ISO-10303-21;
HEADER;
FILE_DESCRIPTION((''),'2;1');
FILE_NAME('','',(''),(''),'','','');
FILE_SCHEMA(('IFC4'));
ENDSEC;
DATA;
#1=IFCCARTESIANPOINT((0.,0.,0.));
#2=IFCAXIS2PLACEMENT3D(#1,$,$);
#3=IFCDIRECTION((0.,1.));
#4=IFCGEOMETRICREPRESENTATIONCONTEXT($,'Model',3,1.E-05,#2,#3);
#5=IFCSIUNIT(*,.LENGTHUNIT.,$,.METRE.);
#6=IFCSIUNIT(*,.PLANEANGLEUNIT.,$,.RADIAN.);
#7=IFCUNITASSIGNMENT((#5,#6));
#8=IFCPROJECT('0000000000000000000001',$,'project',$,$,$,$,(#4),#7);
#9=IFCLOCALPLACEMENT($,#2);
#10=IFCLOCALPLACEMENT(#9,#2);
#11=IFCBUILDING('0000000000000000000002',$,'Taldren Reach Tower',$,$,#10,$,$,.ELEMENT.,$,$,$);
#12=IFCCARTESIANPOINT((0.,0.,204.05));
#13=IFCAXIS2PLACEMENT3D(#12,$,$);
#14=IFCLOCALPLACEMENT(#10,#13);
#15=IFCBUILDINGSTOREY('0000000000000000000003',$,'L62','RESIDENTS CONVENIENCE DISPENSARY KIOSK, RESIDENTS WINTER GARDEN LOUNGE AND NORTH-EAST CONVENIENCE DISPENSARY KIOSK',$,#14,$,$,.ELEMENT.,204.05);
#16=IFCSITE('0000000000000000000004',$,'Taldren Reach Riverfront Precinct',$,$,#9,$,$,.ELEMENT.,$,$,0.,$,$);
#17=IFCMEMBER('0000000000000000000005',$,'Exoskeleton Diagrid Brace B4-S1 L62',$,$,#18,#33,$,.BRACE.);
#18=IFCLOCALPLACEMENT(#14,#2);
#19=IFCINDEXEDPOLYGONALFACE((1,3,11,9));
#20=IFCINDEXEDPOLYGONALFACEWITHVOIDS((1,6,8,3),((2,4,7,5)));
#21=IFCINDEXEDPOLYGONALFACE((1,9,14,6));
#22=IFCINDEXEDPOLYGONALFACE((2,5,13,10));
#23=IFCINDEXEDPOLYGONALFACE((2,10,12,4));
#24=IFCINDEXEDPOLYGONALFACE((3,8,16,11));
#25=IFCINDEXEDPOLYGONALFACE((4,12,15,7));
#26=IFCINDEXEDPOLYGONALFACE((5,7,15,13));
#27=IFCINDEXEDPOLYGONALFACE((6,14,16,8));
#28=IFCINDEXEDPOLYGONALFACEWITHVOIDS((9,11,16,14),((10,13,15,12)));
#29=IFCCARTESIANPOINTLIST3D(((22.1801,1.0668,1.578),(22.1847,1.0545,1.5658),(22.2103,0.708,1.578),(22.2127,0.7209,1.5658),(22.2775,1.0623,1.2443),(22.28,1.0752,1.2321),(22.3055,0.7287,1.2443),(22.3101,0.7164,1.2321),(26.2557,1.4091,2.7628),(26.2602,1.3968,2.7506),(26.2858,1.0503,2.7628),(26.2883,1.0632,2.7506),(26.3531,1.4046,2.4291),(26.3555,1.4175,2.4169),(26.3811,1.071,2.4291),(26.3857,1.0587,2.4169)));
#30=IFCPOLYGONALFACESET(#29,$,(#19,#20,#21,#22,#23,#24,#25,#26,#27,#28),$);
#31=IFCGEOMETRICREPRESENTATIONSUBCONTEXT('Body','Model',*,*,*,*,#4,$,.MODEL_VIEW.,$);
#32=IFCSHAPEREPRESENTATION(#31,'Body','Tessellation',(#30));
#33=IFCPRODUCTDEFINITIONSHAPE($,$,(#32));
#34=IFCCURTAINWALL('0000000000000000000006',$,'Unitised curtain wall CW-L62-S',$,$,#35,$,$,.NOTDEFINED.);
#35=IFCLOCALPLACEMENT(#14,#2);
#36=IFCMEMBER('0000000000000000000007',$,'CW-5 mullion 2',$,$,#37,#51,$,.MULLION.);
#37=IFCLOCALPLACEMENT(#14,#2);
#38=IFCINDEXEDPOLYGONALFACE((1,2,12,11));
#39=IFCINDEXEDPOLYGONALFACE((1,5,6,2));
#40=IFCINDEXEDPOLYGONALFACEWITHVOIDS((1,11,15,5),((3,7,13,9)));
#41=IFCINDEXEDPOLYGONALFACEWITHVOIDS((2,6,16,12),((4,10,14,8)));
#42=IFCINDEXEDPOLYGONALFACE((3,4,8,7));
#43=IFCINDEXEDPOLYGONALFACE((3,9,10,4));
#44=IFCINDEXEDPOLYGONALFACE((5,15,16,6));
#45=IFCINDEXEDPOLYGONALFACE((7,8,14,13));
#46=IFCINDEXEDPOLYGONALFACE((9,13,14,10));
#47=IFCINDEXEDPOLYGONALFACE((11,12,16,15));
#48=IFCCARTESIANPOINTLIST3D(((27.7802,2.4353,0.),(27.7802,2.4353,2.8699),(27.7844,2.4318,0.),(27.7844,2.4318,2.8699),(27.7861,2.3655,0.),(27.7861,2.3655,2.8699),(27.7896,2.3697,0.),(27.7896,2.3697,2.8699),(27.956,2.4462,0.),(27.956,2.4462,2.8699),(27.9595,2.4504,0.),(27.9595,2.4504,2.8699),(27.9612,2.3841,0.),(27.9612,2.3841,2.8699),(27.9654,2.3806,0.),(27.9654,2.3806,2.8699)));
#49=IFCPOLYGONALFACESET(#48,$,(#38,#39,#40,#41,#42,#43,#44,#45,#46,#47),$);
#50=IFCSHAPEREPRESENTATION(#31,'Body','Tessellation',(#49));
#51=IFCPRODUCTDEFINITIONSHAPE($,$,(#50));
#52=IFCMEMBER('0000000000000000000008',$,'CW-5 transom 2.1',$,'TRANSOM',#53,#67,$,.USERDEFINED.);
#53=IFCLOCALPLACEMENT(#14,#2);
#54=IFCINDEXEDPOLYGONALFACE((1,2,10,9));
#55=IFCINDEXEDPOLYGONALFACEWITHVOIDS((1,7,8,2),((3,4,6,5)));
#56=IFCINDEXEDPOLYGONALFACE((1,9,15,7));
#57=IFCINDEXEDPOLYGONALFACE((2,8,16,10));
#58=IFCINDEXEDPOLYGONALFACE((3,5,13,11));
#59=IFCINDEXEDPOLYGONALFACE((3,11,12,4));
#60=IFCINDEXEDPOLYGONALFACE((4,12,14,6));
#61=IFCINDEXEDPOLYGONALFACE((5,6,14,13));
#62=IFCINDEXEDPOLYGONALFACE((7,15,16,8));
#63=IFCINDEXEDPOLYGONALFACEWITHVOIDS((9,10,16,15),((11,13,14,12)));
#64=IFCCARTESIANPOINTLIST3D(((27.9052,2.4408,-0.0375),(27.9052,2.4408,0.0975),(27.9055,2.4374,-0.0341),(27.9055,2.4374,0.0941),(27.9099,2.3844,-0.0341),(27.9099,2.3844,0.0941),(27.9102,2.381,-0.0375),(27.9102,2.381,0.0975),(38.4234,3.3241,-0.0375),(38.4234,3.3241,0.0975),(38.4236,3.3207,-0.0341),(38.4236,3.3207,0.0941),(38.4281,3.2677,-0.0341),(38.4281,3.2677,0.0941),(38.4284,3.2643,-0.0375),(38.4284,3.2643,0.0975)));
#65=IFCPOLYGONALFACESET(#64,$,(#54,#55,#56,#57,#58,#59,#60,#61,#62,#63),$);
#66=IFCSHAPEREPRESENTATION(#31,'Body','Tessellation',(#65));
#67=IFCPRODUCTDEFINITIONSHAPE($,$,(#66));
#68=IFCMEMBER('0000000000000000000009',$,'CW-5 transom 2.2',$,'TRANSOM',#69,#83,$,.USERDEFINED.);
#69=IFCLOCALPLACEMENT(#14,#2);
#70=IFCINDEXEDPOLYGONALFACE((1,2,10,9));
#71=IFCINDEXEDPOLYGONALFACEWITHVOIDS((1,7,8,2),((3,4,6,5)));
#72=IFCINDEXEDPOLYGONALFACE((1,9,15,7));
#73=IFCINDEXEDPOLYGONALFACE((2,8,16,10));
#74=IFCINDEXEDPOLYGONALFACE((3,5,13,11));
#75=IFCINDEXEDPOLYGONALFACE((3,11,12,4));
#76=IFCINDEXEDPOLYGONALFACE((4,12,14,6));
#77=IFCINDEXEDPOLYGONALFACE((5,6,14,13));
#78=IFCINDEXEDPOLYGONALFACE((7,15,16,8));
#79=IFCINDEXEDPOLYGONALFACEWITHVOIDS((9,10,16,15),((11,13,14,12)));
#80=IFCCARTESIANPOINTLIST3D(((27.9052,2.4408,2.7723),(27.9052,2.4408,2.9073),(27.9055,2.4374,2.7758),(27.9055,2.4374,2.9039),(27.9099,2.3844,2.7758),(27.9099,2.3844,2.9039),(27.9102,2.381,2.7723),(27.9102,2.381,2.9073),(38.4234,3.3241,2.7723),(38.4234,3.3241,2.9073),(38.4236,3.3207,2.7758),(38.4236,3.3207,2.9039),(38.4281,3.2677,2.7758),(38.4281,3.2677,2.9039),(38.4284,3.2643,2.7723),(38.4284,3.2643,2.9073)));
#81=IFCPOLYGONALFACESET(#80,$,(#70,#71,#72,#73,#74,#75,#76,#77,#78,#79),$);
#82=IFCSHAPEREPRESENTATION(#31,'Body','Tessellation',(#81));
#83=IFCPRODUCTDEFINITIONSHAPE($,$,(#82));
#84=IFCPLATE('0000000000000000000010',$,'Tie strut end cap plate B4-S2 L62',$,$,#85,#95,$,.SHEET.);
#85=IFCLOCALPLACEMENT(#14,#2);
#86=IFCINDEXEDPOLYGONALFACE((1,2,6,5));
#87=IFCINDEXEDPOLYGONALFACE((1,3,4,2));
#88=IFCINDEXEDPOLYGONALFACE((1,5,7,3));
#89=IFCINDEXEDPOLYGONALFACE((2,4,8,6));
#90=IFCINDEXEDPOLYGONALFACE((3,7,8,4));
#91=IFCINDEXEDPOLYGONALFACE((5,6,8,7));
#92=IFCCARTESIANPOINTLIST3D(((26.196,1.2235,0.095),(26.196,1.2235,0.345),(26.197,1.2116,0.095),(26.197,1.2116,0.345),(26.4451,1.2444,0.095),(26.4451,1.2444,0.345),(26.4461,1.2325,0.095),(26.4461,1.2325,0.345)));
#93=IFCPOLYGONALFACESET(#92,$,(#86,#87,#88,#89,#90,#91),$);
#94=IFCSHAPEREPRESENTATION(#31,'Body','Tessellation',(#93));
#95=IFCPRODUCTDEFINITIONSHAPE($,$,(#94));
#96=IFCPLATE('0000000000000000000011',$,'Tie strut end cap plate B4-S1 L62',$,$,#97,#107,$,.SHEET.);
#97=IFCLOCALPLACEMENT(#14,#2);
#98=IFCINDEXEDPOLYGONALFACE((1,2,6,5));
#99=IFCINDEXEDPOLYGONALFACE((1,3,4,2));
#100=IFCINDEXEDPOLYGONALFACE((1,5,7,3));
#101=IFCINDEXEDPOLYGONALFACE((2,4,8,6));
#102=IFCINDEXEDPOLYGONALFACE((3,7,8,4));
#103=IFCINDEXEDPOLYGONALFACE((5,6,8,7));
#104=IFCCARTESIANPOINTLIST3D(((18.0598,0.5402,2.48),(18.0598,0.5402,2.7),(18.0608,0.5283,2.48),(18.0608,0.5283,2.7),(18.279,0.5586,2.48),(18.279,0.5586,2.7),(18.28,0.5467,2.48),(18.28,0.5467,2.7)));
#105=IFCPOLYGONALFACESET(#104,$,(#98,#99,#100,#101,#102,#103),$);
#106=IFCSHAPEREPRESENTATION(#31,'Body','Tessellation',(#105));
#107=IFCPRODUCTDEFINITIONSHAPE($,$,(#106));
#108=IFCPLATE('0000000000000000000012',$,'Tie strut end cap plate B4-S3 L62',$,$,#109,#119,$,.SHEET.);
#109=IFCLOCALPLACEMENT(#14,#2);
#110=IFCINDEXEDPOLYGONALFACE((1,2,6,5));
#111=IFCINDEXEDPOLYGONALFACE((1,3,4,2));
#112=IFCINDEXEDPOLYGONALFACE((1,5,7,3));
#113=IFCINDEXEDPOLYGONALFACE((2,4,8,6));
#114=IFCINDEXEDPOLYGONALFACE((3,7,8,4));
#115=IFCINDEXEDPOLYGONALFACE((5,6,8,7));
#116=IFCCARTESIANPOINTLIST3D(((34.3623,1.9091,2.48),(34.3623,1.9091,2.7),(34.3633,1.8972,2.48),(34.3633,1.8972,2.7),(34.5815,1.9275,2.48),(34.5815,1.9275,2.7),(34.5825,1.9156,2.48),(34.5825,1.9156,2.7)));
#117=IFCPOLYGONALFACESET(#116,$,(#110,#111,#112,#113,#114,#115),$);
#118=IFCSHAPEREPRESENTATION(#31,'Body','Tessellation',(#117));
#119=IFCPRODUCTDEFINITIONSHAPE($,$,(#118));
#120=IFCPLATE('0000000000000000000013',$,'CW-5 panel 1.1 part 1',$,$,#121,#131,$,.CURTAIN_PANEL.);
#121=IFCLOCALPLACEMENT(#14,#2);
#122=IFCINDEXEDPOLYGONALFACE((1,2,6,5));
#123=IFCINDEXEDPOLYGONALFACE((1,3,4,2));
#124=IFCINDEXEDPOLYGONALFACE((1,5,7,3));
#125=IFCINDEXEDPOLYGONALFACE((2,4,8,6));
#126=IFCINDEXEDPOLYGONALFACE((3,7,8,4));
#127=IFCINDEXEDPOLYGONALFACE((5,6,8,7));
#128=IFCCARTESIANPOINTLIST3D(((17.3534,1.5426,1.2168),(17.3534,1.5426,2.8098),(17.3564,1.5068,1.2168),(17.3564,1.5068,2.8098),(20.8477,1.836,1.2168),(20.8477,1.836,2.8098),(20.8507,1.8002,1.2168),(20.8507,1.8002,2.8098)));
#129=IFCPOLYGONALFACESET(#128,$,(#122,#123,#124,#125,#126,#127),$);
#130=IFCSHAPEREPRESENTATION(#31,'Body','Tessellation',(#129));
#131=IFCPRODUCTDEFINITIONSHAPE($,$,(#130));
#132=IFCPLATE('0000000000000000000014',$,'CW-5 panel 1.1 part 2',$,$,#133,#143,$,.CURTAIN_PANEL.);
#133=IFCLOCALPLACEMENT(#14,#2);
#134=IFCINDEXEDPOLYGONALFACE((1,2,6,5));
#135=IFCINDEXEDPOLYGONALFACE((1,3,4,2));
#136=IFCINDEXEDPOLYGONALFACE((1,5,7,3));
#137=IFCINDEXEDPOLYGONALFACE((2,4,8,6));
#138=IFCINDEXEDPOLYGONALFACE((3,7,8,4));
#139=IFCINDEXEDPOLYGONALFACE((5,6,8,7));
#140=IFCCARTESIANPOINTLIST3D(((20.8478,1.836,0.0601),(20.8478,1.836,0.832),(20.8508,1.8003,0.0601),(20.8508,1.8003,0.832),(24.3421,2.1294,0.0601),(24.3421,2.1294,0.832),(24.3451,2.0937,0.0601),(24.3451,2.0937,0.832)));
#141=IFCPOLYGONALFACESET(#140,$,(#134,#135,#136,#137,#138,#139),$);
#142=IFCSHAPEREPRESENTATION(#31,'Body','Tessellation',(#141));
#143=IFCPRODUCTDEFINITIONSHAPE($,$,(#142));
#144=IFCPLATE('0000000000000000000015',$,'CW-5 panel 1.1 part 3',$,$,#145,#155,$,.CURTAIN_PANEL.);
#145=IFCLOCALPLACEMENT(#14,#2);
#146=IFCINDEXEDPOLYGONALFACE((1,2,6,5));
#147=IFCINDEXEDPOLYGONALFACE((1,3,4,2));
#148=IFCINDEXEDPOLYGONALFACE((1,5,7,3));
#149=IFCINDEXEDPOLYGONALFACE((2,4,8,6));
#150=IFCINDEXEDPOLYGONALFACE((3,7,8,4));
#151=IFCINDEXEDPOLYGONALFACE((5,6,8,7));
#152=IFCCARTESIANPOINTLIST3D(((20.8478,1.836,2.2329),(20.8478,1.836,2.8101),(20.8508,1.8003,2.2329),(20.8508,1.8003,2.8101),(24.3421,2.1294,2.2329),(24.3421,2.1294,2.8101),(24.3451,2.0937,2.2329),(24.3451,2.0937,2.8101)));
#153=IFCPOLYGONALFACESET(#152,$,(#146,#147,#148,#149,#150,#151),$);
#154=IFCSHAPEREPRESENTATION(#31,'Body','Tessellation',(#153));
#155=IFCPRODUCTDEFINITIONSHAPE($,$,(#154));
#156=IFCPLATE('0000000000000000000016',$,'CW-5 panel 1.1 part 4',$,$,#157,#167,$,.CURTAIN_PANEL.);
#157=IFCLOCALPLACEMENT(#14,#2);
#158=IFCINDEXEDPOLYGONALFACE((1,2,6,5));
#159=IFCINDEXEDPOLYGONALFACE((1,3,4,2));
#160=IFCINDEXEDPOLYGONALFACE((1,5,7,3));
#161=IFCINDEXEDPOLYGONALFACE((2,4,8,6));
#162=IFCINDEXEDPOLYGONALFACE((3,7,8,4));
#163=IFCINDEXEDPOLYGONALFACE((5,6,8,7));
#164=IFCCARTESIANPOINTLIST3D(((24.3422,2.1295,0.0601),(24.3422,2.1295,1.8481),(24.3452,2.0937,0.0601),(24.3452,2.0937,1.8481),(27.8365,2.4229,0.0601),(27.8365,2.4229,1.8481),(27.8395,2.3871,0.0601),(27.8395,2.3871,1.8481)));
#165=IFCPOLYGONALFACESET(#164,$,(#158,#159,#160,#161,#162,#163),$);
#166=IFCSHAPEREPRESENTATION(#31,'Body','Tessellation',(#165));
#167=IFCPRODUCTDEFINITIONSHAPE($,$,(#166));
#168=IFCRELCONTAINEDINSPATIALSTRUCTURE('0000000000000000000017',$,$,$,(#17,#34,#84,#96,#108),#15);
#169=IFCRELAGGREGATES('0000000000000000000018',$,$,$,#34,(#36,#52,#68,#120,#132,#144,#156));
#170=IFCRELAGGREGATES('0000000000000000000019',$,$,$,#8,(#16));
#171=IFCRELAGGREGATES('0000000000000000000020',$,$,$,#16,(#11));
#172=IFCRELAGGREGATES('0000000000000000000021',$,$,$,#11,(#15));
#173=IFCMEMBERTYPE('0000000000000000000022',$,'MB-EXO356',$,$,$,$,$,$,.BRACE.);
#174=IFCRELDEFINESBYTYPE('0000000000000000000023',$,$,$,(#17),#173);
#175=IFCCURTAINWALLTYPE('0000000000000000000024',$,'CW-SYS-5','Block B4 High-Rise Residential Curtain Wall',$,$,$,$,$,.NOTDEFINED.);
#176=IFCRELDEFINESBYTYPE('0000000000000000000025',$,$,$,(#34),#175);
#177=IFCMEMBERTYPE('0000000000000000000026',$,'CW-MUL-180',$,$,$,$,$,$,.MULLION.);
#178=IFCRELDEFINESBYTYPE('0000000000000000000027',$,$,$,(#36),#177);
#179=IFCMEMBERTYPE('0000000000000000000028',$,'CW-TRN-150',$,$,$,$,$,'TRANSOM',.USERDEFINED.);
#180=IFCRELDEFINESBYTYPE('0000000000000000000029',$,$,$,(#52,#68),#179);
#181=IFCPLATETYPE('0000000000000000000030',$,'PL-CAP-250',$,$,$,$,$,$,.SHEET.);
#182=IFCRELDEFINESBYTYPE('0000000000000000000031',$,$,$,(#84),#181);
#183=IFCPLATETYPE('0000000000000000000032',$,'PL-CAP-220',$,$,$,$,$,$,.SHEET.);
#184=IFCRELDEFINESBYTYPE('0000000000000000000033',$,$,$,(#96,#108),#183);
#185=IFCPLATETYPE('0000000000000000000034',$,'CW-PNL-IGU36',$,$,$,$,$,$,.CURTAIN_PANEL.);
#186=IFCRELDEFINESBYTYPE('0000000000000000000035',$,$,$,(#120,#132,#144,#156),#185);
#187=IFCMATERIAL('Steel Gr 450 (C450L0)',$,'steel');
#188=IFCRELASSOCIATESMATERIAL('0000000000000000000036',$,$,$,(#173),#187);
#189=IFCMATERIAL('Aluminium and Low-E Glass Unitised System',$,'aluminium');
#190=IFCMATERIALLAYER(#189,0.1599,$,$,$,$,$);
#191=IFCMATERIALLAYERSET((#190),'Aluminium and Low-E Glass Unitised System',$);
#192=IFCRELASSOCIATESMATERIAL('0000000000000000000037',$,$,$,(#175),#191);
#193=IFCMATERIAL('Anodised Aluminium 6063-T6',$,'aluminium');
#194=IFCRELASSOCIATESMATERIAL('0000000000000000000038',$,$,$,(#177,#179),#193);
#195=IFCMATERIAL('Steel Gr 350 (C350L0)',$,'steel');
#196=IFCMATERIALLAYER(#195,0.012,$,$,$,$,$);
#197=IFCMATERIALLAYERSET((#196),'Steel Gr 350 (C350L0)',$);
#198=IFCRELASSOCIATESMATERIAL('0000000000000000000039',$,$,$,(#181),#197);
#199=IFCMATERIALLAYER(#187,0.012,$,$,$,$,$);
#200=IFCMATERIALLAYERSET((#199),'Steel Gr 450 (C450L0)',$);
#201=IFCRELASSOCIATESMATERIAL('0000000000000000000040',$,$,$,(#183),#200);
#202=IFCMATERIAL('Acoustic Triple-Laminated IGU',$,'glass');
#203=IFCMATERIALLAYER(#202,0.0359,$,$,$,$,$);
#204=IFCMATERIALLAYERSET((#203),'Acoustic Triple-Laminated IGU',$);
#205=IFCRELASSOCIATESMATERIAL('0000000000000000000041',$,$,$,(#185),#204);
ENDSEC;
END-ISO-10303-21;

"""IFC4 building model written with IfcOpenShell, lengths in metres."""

from ifc_helpers import new_model, si_unit, direction, frame, origin, origin_2d, place, context, subcontext, project, spatial, rectangle, hollow_rectangle, extrude, source, transform, mapped, material, layer, layer_set, material_profile, profile_set, type_object, element, aggregate, save


model = new_model("IFC4")

# Units and contexts
model_context = context("Model", 3, precision=1e-05, world=origin(), true_north=direction((0.0, 1.0)))
body_context = subcontext(model_context, "Body", "Model", "MODEL_VIEW")
ifc_project = project(units=[si_unit("LENGTHUNIT", "METRE"), si_unit("PLANEANGLEUNIT", "RADIAN")], contexts=[model_context])

# Site, building, storey
site_placement = place(None, origin())
site = spatial("IfcSite", under=ifc_project, at=site_placement, Name="Taldren Reach Riverfront Precinct", CompositionType="ELEMENT", RefElevation=0.0)
building_placement = place(site_placement, origin())
building = spatial("IfcBuilding", under=site, at=building_placement, Name="Taldren Reach Tower", CompositionType="ELEMENT")
storey_placement = place(building_placement, frame((0.0, 0.0, 204.05)))
storey = spatial("IfcBuildingStorey", under=building, at=storey_placement, Name="L62", Description="RESIDENTS CONVENIENCE DISPENSARY KIOSK, RESIDENTS WINTER GARDEN LOUNGE AND NORTH-EAST CONVENIENCE DISPENSARY KIOSK", CompositionType="ELEMENT", Elevation=204.05)

# Member
ifc_material_1 = material(Name="Steel Gr 450 (C450L0)", Category="steel")
ifc_material_2 = material(Name="Steel Gr 350 (C350L0)", Category="steel")
ifc_material_profile_1 = material_profile(ifc_material_1, hollow_rectangle(XDim=0.3601, YDim=0.3601, WallThickness=0.0127, at=origin_2d()), Name="360x360x12.7SHS")
ifc_profile_set_1 = profile_set([ifc_material_profile_1], Name="Steel Gr 450 (C450L0)")
member_type_1 = type_object("IfcMemberType", Name="MB-EXO356", PredefinedType="BRACE", material=ifc_profile_set_1)
shared_shape_1 = source(origin(), body_context, "Body", "SweptSolid", [
    extrude(hollow_rectangle(XDim=0.3601, YDim=0.3601, WallThickness=0.0127, at=origin_2d()), origin(), (0.0, 0.0, 1.0), 4.2581),
])
member_1_placement = place(storey_placement, frame((22.2451, 0.8916, 1.405), z_axis=(0.957136, 0.080387, 0.278259), x_axis=(-0.083693, 0.996492, 0.0)))
element("IfcMember", 1, at=member_1_placement, inside=storey, type_object=member_type_1, Name="Exoskeleton Diagrid Brace B4-S1 L62", PredefinedType="BRACE", context=body_context, shape_type="MappedRepresentation", body=[
    mapped(shared_shape_1, transform((0.0, 0.0, 0.0), scale=1.0)),
])

# Curtain wall, members
ifc_material_3 = material(Name="Aluminium and Low-E Glass Unitised System", Category="aluminium")
ifc_layer_1 = layer(ifc_material_3, 0.1599)
ifc_layer_set_1 = layer_set([ifc_layer_1], Name="Aluminium and Low-E Glass Unitised System")
curtain_wall_type = type_object("IfcCurtainWallType", Name="CW-SYS-5", Description="Block B4 High-Rise Residential Curtain Wall", PredefinedType="NOTDEFINED", material=ifc_layer_set_1)
curtain_wall_placement = place(storey_placement, origin())
curtain_wall = element("IfcCurtainWall", 2, at=curtain_wall_placement, inside=storey, type_object=curtain_wall_type, Name="Unitised curtain wall CW-L62-S", PredefinedType="NOTDEFINED")
ifc_material_4 = material(Name="Anodised Aluminium 6063-T6", Category="aluminium")
ifc_material_profile_2 = material_profile(ifc_material_4, hollow_rectangle(XDim=0.0701, YDim=0.1799, WallThickness=0.0039, at=origin_2d()), Name="ALU-180x70x4RHS")
ifc_profile_set_2 = profile_set([ifc_material_profile_2], Name="Anodised Aluminium 6063-T6")
member_type_2 = type_object("IfcMemberType", Name="CW-MUL-180", PredefinedType="MULLION", material=ifc_profile_set_2)
shared_shape_2 = source(origin(), body_context, "Body", "SweptSolid", [
    extrude(hollow_rectangle(XDim=0.0701, YDim=0.1799, WallThickness=0.0039, at=origin_2d()), origin(), (0.0, 0.0, 1.0), 2.8699),
])
member_2_placement = place(storey_placement, frame((27.8728, 2.408, 0.0), z_axis=(0.0, 0.0, 1.0), x_axis=(-0.083678, 0.996493, 0.0)))
member_2 = element("IfcMember", 3, at=member_2_placement, type_object=member_type_2, Name="CW-5 mullion 2", PredefinedType="MULLION", context=body_context, shape_type="MappedRepresentation", body=[
    mapped(shared_shape_2, transform((0.0, 0.0, 0.0), scale=1.0)),
])
ifc_material_profile_3 = material_profile(ifc_material_4, hollow_rectangle(XDim=0.0601, YDim=0.135, WallThickness=0.0034, at=origin_2d()), Name="ALU-135x60x3.5RHS")
ifc_profile_set_3 = profile_set([ifc_material_profile_3], Name="Anodised Aluminium 6063-T6")
member_type_3 = type_object("IfcMemberType", Name="CW-TRN-150", ElementType="TRANSOM", PredefinedType="USERDEFINED", material=ifc_profile_set_3)
shared_shape_3 = source(origin(), body_context, "Body", "SweptSolid", [
    extrude(hollow_rectangle(XDim=0.0601, YDim=0.135, WallThickness=0.0034, at=origin_2d()), origin(), (0.0, 0.0, 1.0), 10.5552),
])
member_3_placement = place(storey_placement, frame((27.9077, 2.4109, 0.03), z_axis=(0.996492, 0.083685, 0.0), x_axis=(-0.083685, 0.996492, 0.0)))
member_3 = element("IfcMember", 4, at=member_3_placement, type_object=member_type_3, Name="CW-5 transom 2.1", ObjectType="TRANSOM", PredefinedType="USERDEFINED", context=body_context, shape_type="MappedRepresentation", body=[
    mapped(shared_shape_3, transform((0.0, 0.0, 0.0), scale=1.0)),
])
member_4_placement = place(storey_placement, frame((27.9077, 2.4109, 2.8398), z_axis=(0.996492, 0.083685, 0.0), x_axis=(-0.083685, 0.996492, 0.0)))
member_4 = element("IfcMember", 5, at=member_4_placement, type_object=member_type_3, Name="CW-5 transom 2.2", ObjectType="TRANSOM", PredefinedType="USERDEFINED", context=body_context, shape_type="MappedRepresentation", body=[
    mapped(shared_shape_3, transform((0.0, 0.0, 0.0), scale=1.0)),
])

# Plates
ifc_layer_2 = layer(ifc_material_2, 0.012)
ifc_layer_set_2 = layer_set([ifc_layer_2], Name="Steel Gr 350 (C350L0)")
plate_type_1 = type_object("IfcPlateType", Name="PL-CAP-250", PredefinedType="SHEET", material=ifc_layer_set_2)
shared_shape_4 = source(origin(), body_context, "Body", "SweptSolid", [
    extrude(rectangle(XDim=0.25, YDim=0.012, at=origin_2d()), origin(), (0.0, 0.0, 1.0), 0.25),
])
plate_1_placement = place(storey_placement, frame((26.321, 1.228, 0.095), z_axis=(0.0, 0.0, 1.0), x_axis=(0.996493, 0.083678, 0.0)))
element("IfcPlate", 6, at=plate_1_placement, inside=storey, type_object=plate_type_1, Name="Tie strut end cap plate B4-S2 L62", PredefinedType="SHEET", context=body_context, shape_type="MappedRepresentation", body=[
    mapped(shared_shape_4, transform((0.0, 0.0, 0.0), scale=1.0)),
])
ifc_layer_3 = layer(ifc_material_1, 0.012)
ifc_layer_set_3 = layer_set([ifc_layer_3], Name="Steel Gr 450 (C450L0)")
plate_type_2 = type_object("IfcPlateType", Name="PL-CAP-220", PredefinedType="SHEET", material=ifc_layer_set_3)
shared_shape_5 = source(origin(), body_context, "Body", "SweptSolid", [
    extrude(rectangle(XDim=0.22, YDim=0.012, at=origin_2d()), origin(), (0.0, 0.0, 1.0), 0.22),
])
for number, where, z_axis, x_axis, name in (
    (7, (18.1699, 0.5435, 2.48), (0.0, 0.0, 1.0), (0.996493, 0.083678, 0.0), "Tie strut end cap plate B4-S1 L62"),
    (8, (34.4724, 1.9124, 2.48), (0.0, 0.0, 1.0), (0.996493, 0.083678, 0.0), "Tie strut end cap plate B4-S3 L62"),
):
    element("IfcPlate", number, at=place(storey_placement, frame(where, z_axis=z_axis, x_axis=x_axis)), inside=storey, type_object=plate_type_2, Name=name, PredefinedType="SHEET", context=body_context, shape_type="MappedRepresentation", body=[
        mapped(shared_shape_5, transform((0.0, 0.0, 0.0), scale=1.0)),
    ])

# Plates
ifc_material_5 = material(Name="Acoustic Triple-Laminated IGU", Category="glass")
ifc_layer_4 = layer(ifc_material_5, 0.0359)
ifc_layer_set_4 = layer_set([ifc_layer_4], Name="Acoustic Triple-Laminated IGU")
plate_type_3 = type_object("IfcPlateType", Name="CW-PNL-IGU36", PredefinedType="CURTAIN_PANEL", material=ifc_layer_set_4)
shared_shape_6 = source(origin(), body_context, "Body", "SweptSolid", [
    extrude(rectangle(XDim=3.5066, YDim=0.0359, at=origin_2d()), origin(), (0.0, 0.0, 1.0), 1.593),
])
plate_2_placement = place(storey_placement, frame((19.1021, 1.6714, 1.2168), z_axis=(0.0, 0.0, 1.0), x_axis=(0.996493, 0.083678, 0.0)))
plate_2 = element("IfcPlate", 9, at=plate_2_placement, type_object=plate_type_3, Name="CW-5 panel 1.1 part 1", PredefinedType="CURTAIN_PANEL", context=body_context, shape_type="MappedRepresentation", body=[
    mapped(shared_shape_6, transform((0.0, 0.0, 0.0), scale=1.0)),
])
shared_shape_7 = source(origin(), body_context, "Body", "SweptSolid", [
    extrude(rectangle(XDim=3.5066, YDim=0.0359, at=origin_2d()), origin(), (0.0, 0.0, 1.0), 0.772),
])
plate_3_placement = place(storey_placement, frame((22.5964, 1.9648, 0.0601), z_axis=(0.0, 0.0, 1.0), x_axis=(0.996493, 0.083678, 0.0)))
plate_3 = element("IfcPlate", 10, at=plate_3_placement, type_object=plate_type_3, Name="CW-5 panel 1.1 part 2", PredefinedType="CURTAIN_PANEL", context=body_context, shape_type="MappedRepresentation", body=[
    mapped(shared_shape_7, transform((0.0, 0.0, 0.0), scale=1.0)),
])
shared_shape_8 = source(origin(), body_context, "Body", "SweptSolid", [
    extrude(rectangle(XDim=3.5066, YDim=0.0359, at=origin_2d()), origin(), (0.0, 0.0, 1.0), 0.5771),
])
plate_4_placement = place(storey_placement, frame((22.5964, 1.9648, 2.2329), z_axis=(0.0, 0.0, 1.0), x_axis=(0.996493, 0.083678, 0.0)))
plate_4 = element("IfcPlate", 11, at=plate_4_placement, type_object=plate_type_3, Name="CW-5 panel 1.1 part 3", PredefinedType="CURTAIN_PANEL", context=body_context, shape_type="MappedRepresentation", body=[
    mapped(shared_shape_8, transform((0.0, 0.0, 0.0), scale=1.0)),
])
shared_shape_9 = source(origin(), body_context, "Body", "SweptSolid", [
    extrude(rectangle(XDim=3.5066, YDim=0.0359, at=origin_2d()), origin(), (0.0, 0.0, 1.0), 1.7881),
])
plate_5_placement = place(storey_placement, frame((26.0908, 2.2583, 0.0601), z_axis=(0.0, 0.0, 1.0), x_axis=(0.996493, 0.083678, 0.0)))
plate_5 = element("IfcPlate", 12, at=plate_5_placement, type_object=plate_type_3, Name="CW-5 panel 1.1 part 4", PredefinedType="CURTAIN_PANEL", context=body_context, shape_type="MappedRepresentation", body=[
    mapped(shared_shape_9, transform((0.0, 0.0, 0.0), scale=1.0)),
])
aggregate(curtain_wall, [member_2, member_3, member_4, plate_2, plate_3, plate_4, plate_5])

save(model, "model.ifc")
